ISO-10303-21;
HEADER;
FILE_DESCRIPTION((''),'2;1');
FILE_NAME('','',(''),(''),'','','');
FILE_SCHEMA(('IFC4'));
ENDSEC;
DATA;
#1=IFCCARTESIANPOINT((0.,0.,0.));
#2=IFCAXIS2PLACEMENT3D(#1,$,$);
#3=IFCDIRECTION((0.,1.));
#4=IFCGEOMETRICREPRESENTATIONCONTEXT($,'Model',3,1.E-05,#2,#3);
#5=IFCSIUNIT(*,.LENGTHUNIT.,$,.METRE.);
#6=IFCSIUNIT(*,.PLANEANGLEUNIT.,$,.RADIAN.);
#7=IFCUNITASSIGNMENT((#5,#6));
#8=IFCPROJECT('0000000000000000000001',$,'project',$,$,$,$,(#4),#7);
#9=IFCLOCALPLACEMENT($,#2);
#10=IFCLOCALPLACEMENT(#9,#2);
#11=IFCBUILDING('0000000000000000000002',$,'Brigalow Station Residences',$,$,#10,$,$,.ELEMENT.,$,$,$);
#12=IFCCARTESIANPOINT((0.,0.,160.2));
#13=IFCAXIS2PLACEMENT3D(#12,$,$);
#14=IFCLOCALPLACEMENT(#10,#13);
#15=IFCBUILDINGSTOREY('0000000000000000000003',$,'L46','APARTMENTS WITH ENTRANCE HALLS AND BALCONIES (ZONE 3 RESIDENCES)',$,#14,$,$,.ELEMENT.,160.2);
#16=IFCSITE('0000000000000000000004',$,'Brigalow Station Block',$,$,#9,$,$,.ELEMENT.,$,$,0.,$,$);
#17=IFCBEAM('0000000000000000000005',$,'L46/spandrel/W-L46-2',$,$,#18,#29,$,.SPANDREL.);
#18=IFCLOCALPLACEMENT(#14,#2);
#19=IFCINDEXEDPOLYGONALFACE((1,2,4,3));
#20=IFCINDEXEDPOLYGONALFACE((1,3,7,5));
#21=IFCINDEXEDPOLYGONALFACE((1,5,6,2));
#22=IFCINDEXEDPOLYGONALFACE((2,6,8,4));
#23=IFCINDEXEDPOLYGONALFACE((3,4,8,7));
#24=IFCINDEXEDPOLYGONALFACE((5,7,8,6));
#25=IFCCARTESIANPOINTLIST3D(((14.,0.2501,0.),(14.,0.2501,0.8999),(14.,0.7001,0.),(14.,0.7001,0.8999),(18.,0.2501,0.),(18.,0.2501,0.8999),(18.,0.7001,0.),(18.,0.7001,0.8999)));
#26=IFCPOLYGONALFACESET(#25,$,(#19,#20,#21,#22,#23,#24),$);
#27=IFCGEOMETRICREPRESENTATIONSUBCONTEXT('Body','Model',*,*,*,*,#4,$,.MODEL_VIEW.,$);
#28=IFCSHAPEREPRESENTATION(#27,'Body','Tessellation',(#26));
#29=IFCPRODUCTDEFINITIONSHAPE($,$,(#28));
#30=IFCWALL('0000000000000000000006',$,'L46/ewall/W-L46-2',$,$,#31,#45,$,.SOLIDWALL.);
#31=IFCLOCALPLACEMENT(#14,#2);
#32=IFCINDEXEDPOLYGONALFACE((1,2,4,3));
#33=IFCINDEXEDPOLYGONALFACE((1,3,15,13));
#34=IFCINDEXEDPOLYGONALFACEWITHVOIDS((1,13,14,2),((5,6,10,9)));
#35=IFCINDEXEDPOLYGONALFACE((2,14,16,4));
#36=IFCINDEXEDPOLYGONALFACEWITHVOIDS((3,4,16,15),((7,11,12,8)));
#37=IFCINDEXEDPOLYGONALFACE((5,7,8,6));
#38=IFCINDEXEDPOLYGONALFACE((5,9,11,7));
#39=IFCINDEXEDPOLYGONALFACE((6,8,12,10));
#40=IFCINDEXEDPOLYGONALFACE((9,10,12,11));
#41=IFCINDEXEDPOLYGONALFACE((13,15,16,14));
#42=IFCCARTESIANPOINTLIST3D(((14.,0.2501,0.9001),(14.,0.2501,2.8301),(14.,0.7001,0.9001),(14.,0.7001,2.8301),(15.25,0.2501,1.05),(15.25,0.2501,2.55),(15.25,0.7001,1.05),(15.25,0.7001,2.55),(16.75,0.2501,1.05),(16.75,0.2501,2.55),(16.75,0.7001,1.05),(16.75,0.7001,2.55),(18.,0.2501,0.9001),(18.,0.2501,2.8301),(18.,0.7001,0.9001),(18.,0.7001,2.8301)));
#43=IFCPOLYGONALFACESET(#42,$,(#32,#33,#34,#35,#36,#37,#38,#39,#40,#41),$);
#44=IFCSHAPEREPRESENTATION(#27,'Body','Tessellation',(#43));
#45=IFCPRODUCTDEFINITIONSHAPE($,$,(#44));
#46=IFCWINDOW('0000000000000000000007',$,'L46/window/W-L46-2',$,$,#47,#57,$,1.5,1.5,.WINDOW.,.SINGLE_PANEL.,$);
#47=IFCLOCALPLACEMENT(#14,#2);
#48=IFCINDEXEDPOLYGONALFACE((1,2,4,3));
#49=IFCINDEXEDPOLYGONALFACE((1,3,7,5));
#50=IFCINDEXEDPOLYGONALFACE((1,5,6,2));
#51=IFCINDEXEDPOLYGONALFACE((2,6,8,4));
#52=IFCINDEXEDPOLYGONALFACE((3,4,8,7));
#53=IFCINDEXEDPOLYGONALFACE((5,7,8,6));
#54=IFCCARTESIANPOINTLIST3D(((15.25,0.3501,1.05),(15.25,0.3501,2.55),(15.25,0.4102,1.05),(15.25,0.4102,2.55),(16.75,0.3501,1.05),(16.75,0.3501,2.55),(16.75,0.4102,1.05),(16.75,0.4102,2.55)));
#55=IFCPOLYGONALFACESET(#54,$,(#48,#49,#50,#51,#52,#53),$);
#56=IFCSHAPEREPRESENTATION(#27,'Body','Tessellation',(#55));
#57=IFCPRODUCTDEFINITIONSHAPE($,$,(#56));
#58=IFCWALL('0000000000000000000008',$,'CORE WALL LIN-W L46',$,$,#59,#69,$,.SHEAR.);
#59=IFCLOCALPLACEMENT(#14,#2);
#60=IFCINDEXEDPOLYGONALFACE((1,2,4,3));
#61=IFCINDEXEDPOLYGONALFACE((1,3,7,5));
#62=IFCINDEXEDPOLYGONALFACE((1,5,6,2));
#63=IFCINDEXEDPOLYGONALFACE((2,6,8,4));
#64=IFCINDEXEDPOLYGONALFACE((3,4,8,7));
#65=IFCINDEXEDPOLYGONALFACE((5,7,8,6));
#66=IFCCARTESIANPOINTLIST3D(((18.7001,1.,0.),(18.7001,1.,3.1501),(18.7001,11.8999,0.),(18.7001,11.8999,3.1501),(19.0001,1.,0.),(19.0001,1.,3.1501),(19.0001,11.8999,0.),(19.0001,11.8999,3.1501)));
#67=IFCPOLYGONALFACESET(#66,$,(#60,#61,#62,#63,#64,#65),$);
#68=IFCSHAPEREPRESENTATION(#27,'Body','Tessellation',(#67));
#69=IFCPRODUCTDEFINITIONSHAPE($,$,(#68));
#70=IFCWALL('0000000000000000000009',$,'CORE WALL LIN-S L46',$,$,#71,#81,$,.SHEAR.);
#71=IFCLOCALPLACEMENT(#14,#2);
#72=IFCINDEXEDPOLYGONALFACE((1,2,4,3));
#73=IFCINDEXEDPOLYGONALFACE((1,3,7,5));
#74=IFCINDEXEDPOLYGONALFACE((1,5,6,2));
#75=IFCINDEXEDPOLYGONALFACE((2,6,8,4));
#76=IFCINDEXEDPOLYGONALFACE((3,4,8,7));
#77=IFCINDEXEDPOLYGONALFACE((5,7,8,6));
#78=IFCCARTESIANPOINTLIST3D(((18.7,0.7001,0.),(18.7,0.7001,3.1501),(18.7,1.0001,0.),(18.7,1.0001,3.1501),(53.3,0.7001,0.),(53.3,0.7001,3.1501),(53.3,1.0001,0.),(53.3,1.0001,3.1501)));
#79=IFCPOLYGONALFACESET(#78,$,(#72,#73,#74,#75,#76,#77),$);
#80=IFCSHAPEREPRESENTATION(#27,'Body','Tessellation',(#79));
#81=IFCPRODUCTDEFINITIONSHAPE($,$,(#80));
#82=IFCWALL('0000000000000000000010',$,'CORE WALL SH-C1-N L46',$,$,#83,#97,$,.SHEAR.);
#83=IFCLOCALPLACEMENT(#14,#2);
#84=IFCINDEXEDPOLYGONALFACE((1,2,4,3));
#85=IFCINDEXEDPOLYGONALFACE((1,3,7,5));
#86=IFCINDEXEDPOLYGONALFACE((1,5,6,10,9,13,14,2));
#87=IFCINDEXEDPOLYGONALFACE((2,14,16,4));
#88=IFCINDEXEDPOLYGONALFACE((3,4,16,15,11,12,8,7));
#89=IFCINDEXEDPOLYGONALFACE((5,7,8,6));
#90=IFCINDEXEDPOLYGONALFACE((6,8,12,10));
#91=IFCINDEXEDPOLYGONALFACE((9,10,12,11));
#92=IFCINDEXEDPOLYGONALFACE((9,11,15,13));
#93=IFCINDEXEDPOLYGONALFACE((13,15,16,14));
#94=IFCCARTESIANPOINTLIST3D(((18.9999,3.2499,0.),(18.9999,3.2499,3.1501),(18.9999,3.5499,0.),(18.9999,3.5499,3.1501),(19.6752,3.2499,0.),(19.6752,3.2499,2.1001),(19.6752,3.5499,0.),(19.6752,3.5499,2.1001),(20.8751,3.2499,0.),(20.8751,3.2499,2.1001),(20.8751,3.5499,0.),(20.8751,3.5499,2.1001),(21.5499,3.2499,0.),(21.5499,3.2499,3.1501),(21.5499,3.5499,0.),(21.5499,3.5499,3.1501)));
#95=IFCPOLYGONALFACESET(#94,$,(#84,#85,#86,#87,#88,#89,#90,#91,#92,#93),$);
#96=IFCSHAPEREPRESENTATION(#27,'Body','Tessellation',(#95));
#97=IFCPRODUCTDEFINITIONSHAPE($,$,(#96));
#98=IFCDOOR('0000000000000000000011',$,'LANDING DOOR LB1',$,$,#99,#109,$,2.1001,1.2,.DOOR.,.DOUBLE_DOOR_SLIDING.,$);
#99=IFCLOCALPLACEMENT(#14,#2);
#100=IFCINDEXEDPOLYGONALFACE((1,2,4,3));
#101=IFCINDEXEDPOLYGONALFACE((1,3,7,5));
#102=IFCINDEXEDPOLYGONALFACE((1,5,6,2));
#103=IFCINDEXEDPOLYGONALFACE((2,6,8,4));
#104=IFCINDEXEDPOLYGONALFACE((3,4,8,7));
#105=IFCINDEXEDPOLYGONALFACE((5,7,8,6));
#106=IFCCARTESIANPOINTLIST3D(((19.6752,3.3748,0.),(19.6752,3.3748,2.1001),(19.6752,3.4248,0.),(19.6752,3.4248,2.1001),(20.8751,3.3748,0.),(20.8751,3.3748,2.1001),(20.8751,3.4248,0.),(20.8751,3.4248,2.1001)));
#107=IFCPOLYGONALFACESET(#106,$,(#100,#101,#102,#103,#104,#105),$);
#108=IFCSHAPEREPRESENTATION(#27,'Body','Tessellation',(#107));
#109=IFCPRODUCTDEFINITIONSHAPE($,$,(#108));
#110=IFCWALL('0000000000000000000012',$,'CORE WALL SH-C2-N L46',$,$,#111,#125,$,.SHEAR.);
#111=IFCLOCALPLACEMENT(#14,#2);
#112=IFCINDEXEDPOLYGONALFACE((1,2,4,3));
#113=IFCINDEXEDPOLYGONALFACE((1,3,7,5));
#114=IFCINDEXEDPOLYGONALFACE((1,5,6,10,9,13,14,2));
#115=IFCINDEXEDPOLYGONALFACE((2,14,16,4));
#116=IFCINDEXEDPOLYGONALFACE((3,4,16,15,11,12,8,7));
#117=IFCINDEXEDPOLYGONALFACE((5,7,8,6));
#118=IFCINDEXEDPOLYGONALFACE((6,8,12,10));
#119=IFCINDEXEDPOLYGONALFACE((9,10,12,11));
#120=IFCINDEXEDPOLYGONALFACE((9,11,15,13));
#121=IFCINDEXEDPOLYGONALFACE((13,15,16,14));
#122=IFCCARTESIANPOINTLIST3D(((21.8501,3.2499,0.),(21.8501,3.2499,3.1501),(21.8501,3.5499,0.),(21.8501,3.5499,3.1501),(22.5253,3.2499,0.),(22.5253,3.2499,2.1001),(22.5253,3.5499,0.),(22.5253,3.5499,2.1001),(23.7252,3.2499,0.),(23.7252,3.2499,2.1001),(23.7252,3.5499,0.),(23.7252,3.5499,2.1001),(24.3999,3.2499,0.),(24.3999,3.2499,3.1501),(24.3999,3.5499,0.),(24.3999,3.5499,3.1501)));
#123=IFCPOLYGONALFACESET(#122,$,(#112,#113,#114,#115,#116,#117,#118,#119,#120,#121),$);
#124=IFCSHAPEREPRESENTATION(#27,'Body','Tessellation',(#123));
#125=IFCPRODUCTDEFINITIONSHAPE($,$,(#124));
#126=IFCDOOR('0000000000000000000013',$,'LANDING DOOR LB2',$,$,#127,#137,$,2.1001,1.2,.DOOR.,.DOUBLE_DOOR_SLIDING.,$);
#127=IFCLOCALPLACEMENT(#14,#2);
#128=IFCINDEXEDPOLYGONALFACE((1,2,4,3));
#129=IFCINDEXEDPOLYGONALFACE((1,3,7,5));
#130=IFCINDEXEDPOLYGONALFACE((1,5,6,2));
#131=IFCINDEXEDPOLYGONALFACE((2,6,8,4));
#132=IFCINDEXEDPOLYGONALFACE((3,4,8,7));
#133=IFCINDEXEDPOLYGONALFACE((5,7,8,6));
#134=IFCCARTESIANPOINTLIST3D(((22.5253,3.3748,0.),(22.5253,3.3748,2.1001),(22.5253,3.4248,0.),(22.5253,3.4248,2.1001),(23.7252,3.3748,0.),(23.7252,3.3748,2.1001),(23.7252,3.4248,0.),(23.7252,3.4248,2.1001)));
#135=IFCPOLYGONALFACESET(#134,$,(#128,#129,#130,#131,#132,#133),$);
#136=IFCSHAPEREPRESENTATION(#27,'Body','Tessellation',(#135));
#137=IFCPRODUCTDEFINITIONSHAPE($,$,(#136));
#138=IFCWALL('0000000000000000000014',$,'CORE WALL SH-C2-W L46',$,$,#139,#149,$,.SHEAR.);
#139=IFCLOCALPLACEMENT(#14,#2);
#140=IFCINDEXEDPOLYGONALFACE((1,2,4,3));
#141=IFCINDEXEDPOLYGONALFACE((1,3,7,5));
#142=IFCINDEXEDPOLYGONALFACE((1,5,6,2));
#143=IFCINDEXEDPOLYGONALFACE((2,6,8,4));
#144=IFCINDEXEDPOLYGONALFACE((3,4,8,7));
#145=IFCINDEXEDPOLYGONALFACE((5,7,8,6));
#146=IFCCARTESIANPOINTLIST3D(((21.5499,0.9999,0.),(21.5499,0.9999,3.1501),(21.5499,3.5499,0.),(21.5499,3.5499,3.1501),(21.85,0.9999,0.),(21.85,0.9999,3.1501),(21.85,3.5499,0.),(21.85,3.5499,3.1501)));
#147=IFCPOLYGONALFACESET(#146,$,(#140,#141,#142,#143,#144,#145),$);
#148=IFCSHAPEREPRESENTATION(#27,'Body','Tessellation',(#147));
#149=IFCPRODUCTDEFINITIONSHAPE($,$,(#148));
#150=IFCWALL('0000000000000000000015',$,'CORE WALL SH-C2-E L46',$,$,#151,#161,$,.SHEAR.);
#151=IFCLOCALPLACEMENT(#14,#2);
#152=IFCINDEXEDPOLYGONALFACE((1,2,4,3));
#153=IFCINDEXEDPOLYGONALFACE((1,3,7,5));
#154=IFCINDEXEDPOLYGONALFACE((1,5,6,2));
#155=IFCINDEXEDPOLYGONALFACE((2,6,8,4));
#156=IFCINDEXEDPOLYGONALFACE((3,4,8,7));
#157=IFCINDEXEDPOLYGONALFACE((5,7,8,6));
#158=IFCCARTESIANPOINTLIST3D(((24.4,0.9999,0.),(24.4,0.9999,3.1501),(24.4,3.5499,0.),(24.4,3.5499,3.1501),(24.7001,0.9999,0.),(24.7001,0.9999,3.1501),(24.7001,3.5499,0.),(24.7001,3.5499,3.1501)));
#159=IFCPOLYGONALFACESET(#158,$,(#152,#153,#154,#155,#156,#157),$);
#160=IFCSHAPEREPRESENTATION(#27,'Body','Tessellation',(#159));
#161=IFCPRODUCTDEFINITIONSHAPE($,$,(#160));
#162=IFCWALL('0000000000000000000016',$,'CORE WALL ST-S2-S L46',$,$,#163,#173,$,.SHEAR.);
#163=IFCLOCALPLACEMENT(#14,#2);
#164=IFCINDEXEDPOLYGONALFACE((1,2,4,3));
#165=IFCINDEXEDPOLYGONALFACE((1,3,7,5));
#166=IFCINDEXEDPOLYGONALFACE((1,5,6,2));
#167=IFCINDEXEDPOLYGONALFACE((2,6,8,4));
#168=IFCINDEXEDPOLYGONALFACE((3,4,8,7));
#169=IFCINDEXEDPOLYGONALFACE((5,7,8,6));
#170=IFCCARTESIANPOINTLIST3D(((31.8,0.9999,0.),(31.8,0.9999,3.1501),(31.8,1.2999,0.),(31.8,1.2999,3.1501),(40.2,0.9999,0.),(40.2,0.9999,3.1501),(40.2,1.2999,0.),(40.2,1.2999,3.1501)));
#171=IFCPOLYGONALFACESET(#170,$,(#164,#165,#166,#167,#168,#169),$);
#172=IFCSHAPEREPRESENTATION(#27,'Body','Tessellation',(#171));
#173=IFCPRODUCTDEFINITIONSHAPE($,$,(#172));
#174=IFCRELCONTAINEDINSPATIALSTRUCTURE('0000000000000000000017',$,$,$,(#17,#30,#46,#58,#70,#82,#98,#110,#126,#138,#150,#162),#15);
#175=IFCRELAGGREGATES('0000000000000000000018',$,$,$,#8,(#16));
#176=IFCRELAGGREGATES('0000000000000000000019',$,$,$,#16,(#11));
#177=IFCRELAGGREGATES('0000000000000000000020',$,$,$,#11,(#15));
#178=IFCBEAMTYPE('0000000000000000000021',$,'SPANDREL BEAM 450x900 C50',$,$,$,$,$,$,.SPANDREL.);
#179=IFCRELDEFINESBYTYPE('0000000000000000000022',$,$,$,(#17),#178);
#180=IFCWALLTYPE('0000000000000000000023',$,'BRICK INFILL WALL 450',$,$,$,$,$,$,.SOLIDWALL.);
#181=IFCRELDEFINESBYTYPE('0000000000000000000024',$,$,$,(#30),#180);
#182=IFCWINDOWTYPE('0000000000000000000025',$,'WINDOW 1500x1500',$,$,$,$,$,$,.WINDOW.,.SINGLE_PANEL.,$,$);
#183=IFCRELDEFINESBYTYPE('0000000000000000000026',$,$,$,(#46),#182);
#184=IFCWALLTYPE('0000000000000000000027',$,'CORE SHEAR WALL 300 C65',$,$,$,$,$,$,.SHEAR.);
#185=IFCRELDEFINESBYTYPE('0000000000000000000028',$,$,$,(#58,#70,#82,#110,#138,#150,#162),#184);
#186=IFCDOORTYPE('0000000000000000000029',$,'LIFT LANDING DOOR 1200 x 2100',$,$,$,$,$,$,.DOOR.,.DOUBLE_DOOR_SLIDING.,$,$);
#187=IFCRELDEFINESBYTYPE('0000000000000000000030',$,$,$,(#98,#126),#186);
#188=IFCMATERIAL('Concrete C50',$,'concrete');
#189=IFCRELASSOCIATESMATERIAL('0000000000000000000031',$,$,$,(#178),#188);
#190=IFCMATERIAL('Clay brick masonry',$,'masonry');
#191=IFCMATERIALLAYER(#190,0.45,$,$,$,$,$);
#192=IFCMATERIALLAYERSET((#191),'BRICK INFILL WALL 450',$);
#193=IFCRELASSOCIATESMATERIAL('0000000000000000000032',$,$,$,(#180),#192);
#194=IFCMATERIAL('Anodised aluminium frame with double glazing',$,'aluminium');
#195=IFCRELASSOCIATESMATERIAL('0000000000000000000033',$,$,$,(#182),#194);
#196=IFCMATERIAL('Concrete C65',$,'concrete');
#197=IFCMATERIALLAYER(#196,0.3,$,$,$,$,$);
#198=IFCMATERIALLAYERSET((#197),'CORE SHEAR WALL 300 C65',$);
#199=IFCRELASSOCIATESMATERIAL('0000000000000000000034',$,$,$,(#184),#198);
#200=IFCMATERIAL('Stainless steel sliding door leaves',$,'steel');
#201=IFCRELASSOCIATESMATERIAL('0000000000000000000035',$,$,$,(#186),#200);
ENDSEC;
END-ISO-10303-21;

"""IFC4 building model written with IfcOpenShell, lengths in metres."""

from ifc_helpers import new_model, si_unit, direction, frame, frame_2d, origin, origin_2d, place, context, subcontext, project, spatial, rectangle, extrude, material, layer, layer_set, material_profile, profile_set, type_object, element, fill, save


model = new_model("IFC4")

# Units and contexts
model_context = context("Model", 3, precision=1e-05, world=origin(), true_north=direction((0.0, 1.0)))
body_context = subcontext(model_context, "Body", "Model", "MODEL_VIEW")
ifc_project = project(units=[si_unit("LENGTHUNIT", "METRE"), si_unit("PLANEANGLEUNIT", "RADIAN")], contexts=[model_context])

# Site, building, storey
site_placement = place(None, origin())
site = spatial("IfcSite", under=ifc_project, at=site_placement, Name="Brigalow Station Block", CompositionType="ELEMENT", RefElevation=0.0)
building_placement = place(site_placement, origin())
building = spatial("IfcBuilding", under=site, at=building_placement, Name="Brigalow Station Residences", CompositionType="ELEMENT")
storey_placement = place(building_placement, frame((0.0, 0.0, 160.2)))
storey = spatial("IfcBuildingStorey", under=building, at=storey_placement, Name="L46", Description="APARTMENTS WITH ENTRANCE HALLS AND BALCONIES (ZONE 3 RESIDENCES)", CompositionType="ELEMENT", Elevation=160.2)

# Beam
ifc_material_1 = material(Name="Concrete C50", Category="concrete")
ifc_material_profile = material_profile(ifc_material_1, rectangle(XDim=0.45, YDim=0.8999, at=origin_2d()), Name="RC450x900")
ifc_profile_set = profile_set([ifc_material_profile], Name="Concrete C50")
beam_type = type_object("IfcBeamType", Name="SPANDREL BEAM 450x900 C50", PredefinedType="SPANDREL", material=ifc_profile_set)
beam_placement = place(storey_placement, frame((14.0, 0.4751, 0.45), z_axis=(1.0, 0.0, 0.0), x_axis=(0.0, 1.0, 0.0)))
element("IfcBeam", 1, at=beam_placement, inside=storey, type_object=beam_type, Name="L46/spandrel/W-L46-2", PredefinedType="SPANDREL", context=body_context, shape_type="SweptSolid", body=[
    extrude(rectangle(XDim=0.45, YDim=0.8999, at=origin_2d()), origin(), (0.0, 0.0, 1.0), 4.0),
])

# Wall, opening, window
ifc_material_2 = material(Name="Clay brick masonry", Category="masonry")
ifc_layer_1 = layer(ifc_material_2, 0.45)
ifc_layer_set_1 = layer_set([ifc_layer_1], Name="BRICK INFILL WALL 450")
wall_type_1 = type_object("IfcWallType", Name="BRICK INFILL WALL 450", PredefinedType="SOLIDWALL", material=ifc_layer_set_1)
wall_1_placement = place(storey_placement, frame((14.0, 0.4751, 0.9001), z_axis=(0.0, 0.0, 1.0), x_axis=(1.0, 0.0, 0.0)))
wall_1 = element("IfcWall", 2, at=wall_1_placement, inside=storey, type_object=wall_type_1, Name="L46/ewall/W-L46-2", PredefinedType="SOLIDWALL", context=body_context, shape_type="SweptSolid", body=[
    extrude(rectangle(XDim=4.0, YDim=0.45, at=frame_2d((2.0, 0.0))), origin(), (0.0, 0.0, 1.0), 1.9299),
])
opening_1_placement = place(wall_1_placement, frame((1.25, 0.0, 0.1499)))
opening_1 = element("IfcOpeningElement", 3, at=opening_1_placement, cuts=wall_1, PredefinedType="OPENING", context=body_context, shape_type="SweptSolid", body=[
    extrude(rectangle(XDim=1.5, YDim=1.5, at=frame_2d((0.75, 0.75))), frame((0.0, 0.2349, 0.0), z_axis=(0.0, -1.0, 0.0), x_axis=(1.0, 0.0, 0.0)), (0.0, 0.0, 1.0), 0.47),
])
ifc_material_3 = material(Name="Anodised aluminium frame with double glazing", Category="aluminium")
window_type = type_object("IfcWindowType", Name="WINDOW 1500x1500", PartitioningType="SINGLE_PANEL", PredefinedType="WINDOW", material=ifc_material_3)
window_placement = place(opening_1_placement, origin())
window = element("IfcWindow", 4, at=window_placement, inside=storey, type_object=window_type, Name="L46/window/W-L46-2", OverallHeight=1.5, OverallWidth=1.5, PartitioningType="SINGLE_PANEL", PredefinedType="WINDOW", context=body_context, shape_type="SweptSolid", body=[
    extrude(rectangle(XDim=1.5, YDim=1.5, at=frame_2d((0.75, 0.75))), frame((0.0, -0.0649, 0.0), z_axis=(0.0, -1.0, 0.0), x_axis=(1.0, 0.0, 0.0)), (0.0, 0.0, 1.0), 0.0601),
])
fill(opening_1, window)

# Walls
ifc_material_4 = material(Name="Concrete C65", Category="concrete")
ifc_layer_2 = layer(ifc_material_4, 0.3)
ifc_layer_set_2 = layer_set([ifc_layer_2], Name="CORE SHEAR WALL 300 C65")
wall_type_2 = type_object("IfcWallType", Name="CORE SHEAR WALL 300 C65", PredefinedType="SHEAR", material=ifc_layer_set_2)
wall_2_placement = place(storey_placement, frame((18.8501, 1.0, 0.0), z_axis=(0.0, 0.0, 1.0), x_axis=(0.0, 1.0, 0.0)))
element("IfcWall", 5, at=wall_2_placement, inside=storey, type_object=wall_type_2, Name="CORE WALL LIN-W L46", PredefinedType="SHEAR", context=body_context, shape_type="SweptSolid", body=[
    extrude(rectangle(XDim=10.8999, YDim=0.3, at=frame_2d((5.45, 0.0))), origin(), (0.0, 0.0, 1.0), 3.1501),
])
wall_3_placement = place(storey_placement, frame((18.7, 0.8501, 0.0), z_axis=(0.0, 0.0, 1.0), x_axis=(1.0, 0.0, 0.0)))
element("IfcWall", 6, at=wall_3_placement, inside=storey, type_object=wall_type_2, Name="CORE WALL LIN-S L46", PredefinedType="SHEAR", context=body_context, shape_type="SweptSolid", body=[
    extrude(rectangle(XDim=34.6001, YDim=0.3, at=frame_2d((17.3, 0.0))), origin(), (0.0, 0.0, 1.0), 3.1501),
])

# Walls, openings, doors
wall_4_placement = place(storey_placement, frame((19.0, 3.3999, 0.0), z_axis=(0.0, 0.0, 1.0), x_axis=(1.0, 0.0, 0.0)))
wall_4 = element("IfcWall", 7, at=wall_4_placement, inside=storey, type_object=wall_type_2, Name="CORE WALL SH-C1-N L46", PredefinedType="SHEAR", context=body_context, shape_type="SweptSolid", body=[
    extrude(rectangle(XDim=2.55, YDim=0.3, at=frame_2d((1.2749, 0.0))), origin(), (0.0, 0.0, 1.0), 3.1501),
])
opening_2_placement = place(wall_4_placement, frame((0.675, 0.0, 0.0)))
opening_2 = element("IfcOpeningElement", 8, at=opening_2_placement, cuts=wall_4, PredefinedType="OPENING", context=body_context, shape_type="SweptSolid", body=[
    extrude(rectangle(XDim=1.2, YDim=2.1001, at=frame_2d((0.6001, 1.05))), frame((0.0, 0.1602, 0.0), z_axis=(0.0, -1.0, 0.0), x_axis=(1.0, 0.0, 0.0)), (0.0, 0.0, 1.0), 0.3201),
])
ifc_material_5 = material(Name="Stainless steel sliding door leaves", Category="steel")
door_type = type_object("IfcDoorType", Name="LIFT LANDING DOOR 1200 x 2100", OperationType="DOUBLE_DOOR_SLIDING", PredefinedType="DOOR", material=ifc_material_5)
door_1_placement = place(opening_2_placement, origin())
door_1 = element("IfcDoor", 9, at=door_1_placement, inside=storey, type_object=door_type, Name="LANDING DOOR LB1", OperationType="DOUBLE_DOOR_SLIDING", OverallHeight=2.1001, OverallWidth=1.2, PredefinedType="DOOR", context=body_context, shape_type="SweptSolid", body=[
    extrude(rectangle(XDim=1.2, YDim=2.1001, at=frame_2d((0.6001, 1.05))), frame((0.0, 0.0249, 0.0), z_axis=(0.0, -1.0, 0.0), x_axis=(1.0, 0.0, 0.0)), (0.0, 0.0, 1.0), 0.05),
])
fill(opening_2, door_1)
wall_5_placement = place(storey_placement, frame((21.8501, 3.3999, 0.0), z_axis=(0.0, 0.0, 1.0), x_axis=(1.0, 0.0, 0.0)))
wall_5 = element("IfcWall", 10, at=wall_5_placement, inside=storey, type_object=wall_type_2, Name="CORE WALL SH-C2-N L46", PredefinedType="SHEAR", context=body_context, shape_type="SweptSolid", body=[
    extrude(rectangle(XDim=2.5498, YDim=0.3, at=frame_2d((1.2749, 0.0))), origin(), (0.0, 0.0, 1.0), 3.1501),
])
opening_3_placement = place(wall_5_placement, frame((0.675, 0.0, 0.0)))
opening_3 = element("IfcOpeningElement", 11, at=opening_3_placement, cuts=wall_5, PredefinedType="OPENING", context=body_context, shape_type="SweptSolid", body=[
    extrude(rectangle(XDim=1.2, YDim=2.1001, at=frame_2d((0.6001, 1.05))), frame((0.0, 0.1602, 0.0), z_axis=(0.0, -1.0, 0.0), x_axis=(1.0, 0.0, 0.0)), (0.0, 0.0, 1.0), 0.3201),
])
door_2_placement = place(opening_3_placement, origin())
door_2 = element("IfcDoor", 12, at=door_2_placement, inside=storey, type_object=door_type, Name="LANDING DOOR LB2", OperationType="DOUBLE_DOOR_SLIDING", OverallHeight=2.1001, OverallWidth=1.2, PredefinedType="DOOR", context=body_context, shape_type="SweptSolid", body=[
    extrude(rectangle(XDim=1.2, YDim=2.1001, at=frame_2d((0.6001, 1.05))), frame((0.0, 0.0249, 0.0), z_axis=(0.0, -1.0, 0.0), x_axis=(1.0, 0.0, 0.0)), (0.0, 0.0, 1.0), 0.05),
])
fill(opening_3, door_2)

# Walls
for number, where, z_axis, x_axis, name in (
    (13, (21.7, 1.0, 0.0), (0.0, 0.0, 1.0), (0.0, 1.0, 0.0), "CORE WALL SH-C2-W L46"),
    (14, (24.55, 1.0, 0.0), (0.0, 0.0, 1.0), (0.0, 1.0, 0.0), "CORE WALL SH-C2-E L46"),
):
    element("IfcWall", number, at=place(storey_placement, frame(where, z_axis=z_axis, x_axis=x_axis)), inside=storey, type_object=wall_type_2, Name=name, PredefinedType="SHEAR", context=body_context, shape_type="SweptSolid", body=[
        extrude(rectangle(XDim=2.55, YDim=0.3, at=frame_2d((1.2749, 0.0))), origin(), (0.0, 0.0, 1.0), 3.1501),
    ])
wall_6_placement = place(storey_placement, frame((31.8, 1.1499, 0.0), z_axis=(0.0, 0.0, 1.0), x_axis=(1.0, 0.0, 0.0)))
element("IfcWall", 15, at=wall_6_placement, inside=storey, type_object=wall_type_2, Name="CORE WALL ST-S2-S L46", PredefinedType="SHEAR", context=body_context, shape_type="SweptSolid", body=[
    extrude(rectangle(XDim=8.3999, YDim=0.3, at=frame_2d((4.2, 0.0))), origin(), (0.0, 0.0, 1.0), 3.1501),
])

save(model, "model.ifc")
